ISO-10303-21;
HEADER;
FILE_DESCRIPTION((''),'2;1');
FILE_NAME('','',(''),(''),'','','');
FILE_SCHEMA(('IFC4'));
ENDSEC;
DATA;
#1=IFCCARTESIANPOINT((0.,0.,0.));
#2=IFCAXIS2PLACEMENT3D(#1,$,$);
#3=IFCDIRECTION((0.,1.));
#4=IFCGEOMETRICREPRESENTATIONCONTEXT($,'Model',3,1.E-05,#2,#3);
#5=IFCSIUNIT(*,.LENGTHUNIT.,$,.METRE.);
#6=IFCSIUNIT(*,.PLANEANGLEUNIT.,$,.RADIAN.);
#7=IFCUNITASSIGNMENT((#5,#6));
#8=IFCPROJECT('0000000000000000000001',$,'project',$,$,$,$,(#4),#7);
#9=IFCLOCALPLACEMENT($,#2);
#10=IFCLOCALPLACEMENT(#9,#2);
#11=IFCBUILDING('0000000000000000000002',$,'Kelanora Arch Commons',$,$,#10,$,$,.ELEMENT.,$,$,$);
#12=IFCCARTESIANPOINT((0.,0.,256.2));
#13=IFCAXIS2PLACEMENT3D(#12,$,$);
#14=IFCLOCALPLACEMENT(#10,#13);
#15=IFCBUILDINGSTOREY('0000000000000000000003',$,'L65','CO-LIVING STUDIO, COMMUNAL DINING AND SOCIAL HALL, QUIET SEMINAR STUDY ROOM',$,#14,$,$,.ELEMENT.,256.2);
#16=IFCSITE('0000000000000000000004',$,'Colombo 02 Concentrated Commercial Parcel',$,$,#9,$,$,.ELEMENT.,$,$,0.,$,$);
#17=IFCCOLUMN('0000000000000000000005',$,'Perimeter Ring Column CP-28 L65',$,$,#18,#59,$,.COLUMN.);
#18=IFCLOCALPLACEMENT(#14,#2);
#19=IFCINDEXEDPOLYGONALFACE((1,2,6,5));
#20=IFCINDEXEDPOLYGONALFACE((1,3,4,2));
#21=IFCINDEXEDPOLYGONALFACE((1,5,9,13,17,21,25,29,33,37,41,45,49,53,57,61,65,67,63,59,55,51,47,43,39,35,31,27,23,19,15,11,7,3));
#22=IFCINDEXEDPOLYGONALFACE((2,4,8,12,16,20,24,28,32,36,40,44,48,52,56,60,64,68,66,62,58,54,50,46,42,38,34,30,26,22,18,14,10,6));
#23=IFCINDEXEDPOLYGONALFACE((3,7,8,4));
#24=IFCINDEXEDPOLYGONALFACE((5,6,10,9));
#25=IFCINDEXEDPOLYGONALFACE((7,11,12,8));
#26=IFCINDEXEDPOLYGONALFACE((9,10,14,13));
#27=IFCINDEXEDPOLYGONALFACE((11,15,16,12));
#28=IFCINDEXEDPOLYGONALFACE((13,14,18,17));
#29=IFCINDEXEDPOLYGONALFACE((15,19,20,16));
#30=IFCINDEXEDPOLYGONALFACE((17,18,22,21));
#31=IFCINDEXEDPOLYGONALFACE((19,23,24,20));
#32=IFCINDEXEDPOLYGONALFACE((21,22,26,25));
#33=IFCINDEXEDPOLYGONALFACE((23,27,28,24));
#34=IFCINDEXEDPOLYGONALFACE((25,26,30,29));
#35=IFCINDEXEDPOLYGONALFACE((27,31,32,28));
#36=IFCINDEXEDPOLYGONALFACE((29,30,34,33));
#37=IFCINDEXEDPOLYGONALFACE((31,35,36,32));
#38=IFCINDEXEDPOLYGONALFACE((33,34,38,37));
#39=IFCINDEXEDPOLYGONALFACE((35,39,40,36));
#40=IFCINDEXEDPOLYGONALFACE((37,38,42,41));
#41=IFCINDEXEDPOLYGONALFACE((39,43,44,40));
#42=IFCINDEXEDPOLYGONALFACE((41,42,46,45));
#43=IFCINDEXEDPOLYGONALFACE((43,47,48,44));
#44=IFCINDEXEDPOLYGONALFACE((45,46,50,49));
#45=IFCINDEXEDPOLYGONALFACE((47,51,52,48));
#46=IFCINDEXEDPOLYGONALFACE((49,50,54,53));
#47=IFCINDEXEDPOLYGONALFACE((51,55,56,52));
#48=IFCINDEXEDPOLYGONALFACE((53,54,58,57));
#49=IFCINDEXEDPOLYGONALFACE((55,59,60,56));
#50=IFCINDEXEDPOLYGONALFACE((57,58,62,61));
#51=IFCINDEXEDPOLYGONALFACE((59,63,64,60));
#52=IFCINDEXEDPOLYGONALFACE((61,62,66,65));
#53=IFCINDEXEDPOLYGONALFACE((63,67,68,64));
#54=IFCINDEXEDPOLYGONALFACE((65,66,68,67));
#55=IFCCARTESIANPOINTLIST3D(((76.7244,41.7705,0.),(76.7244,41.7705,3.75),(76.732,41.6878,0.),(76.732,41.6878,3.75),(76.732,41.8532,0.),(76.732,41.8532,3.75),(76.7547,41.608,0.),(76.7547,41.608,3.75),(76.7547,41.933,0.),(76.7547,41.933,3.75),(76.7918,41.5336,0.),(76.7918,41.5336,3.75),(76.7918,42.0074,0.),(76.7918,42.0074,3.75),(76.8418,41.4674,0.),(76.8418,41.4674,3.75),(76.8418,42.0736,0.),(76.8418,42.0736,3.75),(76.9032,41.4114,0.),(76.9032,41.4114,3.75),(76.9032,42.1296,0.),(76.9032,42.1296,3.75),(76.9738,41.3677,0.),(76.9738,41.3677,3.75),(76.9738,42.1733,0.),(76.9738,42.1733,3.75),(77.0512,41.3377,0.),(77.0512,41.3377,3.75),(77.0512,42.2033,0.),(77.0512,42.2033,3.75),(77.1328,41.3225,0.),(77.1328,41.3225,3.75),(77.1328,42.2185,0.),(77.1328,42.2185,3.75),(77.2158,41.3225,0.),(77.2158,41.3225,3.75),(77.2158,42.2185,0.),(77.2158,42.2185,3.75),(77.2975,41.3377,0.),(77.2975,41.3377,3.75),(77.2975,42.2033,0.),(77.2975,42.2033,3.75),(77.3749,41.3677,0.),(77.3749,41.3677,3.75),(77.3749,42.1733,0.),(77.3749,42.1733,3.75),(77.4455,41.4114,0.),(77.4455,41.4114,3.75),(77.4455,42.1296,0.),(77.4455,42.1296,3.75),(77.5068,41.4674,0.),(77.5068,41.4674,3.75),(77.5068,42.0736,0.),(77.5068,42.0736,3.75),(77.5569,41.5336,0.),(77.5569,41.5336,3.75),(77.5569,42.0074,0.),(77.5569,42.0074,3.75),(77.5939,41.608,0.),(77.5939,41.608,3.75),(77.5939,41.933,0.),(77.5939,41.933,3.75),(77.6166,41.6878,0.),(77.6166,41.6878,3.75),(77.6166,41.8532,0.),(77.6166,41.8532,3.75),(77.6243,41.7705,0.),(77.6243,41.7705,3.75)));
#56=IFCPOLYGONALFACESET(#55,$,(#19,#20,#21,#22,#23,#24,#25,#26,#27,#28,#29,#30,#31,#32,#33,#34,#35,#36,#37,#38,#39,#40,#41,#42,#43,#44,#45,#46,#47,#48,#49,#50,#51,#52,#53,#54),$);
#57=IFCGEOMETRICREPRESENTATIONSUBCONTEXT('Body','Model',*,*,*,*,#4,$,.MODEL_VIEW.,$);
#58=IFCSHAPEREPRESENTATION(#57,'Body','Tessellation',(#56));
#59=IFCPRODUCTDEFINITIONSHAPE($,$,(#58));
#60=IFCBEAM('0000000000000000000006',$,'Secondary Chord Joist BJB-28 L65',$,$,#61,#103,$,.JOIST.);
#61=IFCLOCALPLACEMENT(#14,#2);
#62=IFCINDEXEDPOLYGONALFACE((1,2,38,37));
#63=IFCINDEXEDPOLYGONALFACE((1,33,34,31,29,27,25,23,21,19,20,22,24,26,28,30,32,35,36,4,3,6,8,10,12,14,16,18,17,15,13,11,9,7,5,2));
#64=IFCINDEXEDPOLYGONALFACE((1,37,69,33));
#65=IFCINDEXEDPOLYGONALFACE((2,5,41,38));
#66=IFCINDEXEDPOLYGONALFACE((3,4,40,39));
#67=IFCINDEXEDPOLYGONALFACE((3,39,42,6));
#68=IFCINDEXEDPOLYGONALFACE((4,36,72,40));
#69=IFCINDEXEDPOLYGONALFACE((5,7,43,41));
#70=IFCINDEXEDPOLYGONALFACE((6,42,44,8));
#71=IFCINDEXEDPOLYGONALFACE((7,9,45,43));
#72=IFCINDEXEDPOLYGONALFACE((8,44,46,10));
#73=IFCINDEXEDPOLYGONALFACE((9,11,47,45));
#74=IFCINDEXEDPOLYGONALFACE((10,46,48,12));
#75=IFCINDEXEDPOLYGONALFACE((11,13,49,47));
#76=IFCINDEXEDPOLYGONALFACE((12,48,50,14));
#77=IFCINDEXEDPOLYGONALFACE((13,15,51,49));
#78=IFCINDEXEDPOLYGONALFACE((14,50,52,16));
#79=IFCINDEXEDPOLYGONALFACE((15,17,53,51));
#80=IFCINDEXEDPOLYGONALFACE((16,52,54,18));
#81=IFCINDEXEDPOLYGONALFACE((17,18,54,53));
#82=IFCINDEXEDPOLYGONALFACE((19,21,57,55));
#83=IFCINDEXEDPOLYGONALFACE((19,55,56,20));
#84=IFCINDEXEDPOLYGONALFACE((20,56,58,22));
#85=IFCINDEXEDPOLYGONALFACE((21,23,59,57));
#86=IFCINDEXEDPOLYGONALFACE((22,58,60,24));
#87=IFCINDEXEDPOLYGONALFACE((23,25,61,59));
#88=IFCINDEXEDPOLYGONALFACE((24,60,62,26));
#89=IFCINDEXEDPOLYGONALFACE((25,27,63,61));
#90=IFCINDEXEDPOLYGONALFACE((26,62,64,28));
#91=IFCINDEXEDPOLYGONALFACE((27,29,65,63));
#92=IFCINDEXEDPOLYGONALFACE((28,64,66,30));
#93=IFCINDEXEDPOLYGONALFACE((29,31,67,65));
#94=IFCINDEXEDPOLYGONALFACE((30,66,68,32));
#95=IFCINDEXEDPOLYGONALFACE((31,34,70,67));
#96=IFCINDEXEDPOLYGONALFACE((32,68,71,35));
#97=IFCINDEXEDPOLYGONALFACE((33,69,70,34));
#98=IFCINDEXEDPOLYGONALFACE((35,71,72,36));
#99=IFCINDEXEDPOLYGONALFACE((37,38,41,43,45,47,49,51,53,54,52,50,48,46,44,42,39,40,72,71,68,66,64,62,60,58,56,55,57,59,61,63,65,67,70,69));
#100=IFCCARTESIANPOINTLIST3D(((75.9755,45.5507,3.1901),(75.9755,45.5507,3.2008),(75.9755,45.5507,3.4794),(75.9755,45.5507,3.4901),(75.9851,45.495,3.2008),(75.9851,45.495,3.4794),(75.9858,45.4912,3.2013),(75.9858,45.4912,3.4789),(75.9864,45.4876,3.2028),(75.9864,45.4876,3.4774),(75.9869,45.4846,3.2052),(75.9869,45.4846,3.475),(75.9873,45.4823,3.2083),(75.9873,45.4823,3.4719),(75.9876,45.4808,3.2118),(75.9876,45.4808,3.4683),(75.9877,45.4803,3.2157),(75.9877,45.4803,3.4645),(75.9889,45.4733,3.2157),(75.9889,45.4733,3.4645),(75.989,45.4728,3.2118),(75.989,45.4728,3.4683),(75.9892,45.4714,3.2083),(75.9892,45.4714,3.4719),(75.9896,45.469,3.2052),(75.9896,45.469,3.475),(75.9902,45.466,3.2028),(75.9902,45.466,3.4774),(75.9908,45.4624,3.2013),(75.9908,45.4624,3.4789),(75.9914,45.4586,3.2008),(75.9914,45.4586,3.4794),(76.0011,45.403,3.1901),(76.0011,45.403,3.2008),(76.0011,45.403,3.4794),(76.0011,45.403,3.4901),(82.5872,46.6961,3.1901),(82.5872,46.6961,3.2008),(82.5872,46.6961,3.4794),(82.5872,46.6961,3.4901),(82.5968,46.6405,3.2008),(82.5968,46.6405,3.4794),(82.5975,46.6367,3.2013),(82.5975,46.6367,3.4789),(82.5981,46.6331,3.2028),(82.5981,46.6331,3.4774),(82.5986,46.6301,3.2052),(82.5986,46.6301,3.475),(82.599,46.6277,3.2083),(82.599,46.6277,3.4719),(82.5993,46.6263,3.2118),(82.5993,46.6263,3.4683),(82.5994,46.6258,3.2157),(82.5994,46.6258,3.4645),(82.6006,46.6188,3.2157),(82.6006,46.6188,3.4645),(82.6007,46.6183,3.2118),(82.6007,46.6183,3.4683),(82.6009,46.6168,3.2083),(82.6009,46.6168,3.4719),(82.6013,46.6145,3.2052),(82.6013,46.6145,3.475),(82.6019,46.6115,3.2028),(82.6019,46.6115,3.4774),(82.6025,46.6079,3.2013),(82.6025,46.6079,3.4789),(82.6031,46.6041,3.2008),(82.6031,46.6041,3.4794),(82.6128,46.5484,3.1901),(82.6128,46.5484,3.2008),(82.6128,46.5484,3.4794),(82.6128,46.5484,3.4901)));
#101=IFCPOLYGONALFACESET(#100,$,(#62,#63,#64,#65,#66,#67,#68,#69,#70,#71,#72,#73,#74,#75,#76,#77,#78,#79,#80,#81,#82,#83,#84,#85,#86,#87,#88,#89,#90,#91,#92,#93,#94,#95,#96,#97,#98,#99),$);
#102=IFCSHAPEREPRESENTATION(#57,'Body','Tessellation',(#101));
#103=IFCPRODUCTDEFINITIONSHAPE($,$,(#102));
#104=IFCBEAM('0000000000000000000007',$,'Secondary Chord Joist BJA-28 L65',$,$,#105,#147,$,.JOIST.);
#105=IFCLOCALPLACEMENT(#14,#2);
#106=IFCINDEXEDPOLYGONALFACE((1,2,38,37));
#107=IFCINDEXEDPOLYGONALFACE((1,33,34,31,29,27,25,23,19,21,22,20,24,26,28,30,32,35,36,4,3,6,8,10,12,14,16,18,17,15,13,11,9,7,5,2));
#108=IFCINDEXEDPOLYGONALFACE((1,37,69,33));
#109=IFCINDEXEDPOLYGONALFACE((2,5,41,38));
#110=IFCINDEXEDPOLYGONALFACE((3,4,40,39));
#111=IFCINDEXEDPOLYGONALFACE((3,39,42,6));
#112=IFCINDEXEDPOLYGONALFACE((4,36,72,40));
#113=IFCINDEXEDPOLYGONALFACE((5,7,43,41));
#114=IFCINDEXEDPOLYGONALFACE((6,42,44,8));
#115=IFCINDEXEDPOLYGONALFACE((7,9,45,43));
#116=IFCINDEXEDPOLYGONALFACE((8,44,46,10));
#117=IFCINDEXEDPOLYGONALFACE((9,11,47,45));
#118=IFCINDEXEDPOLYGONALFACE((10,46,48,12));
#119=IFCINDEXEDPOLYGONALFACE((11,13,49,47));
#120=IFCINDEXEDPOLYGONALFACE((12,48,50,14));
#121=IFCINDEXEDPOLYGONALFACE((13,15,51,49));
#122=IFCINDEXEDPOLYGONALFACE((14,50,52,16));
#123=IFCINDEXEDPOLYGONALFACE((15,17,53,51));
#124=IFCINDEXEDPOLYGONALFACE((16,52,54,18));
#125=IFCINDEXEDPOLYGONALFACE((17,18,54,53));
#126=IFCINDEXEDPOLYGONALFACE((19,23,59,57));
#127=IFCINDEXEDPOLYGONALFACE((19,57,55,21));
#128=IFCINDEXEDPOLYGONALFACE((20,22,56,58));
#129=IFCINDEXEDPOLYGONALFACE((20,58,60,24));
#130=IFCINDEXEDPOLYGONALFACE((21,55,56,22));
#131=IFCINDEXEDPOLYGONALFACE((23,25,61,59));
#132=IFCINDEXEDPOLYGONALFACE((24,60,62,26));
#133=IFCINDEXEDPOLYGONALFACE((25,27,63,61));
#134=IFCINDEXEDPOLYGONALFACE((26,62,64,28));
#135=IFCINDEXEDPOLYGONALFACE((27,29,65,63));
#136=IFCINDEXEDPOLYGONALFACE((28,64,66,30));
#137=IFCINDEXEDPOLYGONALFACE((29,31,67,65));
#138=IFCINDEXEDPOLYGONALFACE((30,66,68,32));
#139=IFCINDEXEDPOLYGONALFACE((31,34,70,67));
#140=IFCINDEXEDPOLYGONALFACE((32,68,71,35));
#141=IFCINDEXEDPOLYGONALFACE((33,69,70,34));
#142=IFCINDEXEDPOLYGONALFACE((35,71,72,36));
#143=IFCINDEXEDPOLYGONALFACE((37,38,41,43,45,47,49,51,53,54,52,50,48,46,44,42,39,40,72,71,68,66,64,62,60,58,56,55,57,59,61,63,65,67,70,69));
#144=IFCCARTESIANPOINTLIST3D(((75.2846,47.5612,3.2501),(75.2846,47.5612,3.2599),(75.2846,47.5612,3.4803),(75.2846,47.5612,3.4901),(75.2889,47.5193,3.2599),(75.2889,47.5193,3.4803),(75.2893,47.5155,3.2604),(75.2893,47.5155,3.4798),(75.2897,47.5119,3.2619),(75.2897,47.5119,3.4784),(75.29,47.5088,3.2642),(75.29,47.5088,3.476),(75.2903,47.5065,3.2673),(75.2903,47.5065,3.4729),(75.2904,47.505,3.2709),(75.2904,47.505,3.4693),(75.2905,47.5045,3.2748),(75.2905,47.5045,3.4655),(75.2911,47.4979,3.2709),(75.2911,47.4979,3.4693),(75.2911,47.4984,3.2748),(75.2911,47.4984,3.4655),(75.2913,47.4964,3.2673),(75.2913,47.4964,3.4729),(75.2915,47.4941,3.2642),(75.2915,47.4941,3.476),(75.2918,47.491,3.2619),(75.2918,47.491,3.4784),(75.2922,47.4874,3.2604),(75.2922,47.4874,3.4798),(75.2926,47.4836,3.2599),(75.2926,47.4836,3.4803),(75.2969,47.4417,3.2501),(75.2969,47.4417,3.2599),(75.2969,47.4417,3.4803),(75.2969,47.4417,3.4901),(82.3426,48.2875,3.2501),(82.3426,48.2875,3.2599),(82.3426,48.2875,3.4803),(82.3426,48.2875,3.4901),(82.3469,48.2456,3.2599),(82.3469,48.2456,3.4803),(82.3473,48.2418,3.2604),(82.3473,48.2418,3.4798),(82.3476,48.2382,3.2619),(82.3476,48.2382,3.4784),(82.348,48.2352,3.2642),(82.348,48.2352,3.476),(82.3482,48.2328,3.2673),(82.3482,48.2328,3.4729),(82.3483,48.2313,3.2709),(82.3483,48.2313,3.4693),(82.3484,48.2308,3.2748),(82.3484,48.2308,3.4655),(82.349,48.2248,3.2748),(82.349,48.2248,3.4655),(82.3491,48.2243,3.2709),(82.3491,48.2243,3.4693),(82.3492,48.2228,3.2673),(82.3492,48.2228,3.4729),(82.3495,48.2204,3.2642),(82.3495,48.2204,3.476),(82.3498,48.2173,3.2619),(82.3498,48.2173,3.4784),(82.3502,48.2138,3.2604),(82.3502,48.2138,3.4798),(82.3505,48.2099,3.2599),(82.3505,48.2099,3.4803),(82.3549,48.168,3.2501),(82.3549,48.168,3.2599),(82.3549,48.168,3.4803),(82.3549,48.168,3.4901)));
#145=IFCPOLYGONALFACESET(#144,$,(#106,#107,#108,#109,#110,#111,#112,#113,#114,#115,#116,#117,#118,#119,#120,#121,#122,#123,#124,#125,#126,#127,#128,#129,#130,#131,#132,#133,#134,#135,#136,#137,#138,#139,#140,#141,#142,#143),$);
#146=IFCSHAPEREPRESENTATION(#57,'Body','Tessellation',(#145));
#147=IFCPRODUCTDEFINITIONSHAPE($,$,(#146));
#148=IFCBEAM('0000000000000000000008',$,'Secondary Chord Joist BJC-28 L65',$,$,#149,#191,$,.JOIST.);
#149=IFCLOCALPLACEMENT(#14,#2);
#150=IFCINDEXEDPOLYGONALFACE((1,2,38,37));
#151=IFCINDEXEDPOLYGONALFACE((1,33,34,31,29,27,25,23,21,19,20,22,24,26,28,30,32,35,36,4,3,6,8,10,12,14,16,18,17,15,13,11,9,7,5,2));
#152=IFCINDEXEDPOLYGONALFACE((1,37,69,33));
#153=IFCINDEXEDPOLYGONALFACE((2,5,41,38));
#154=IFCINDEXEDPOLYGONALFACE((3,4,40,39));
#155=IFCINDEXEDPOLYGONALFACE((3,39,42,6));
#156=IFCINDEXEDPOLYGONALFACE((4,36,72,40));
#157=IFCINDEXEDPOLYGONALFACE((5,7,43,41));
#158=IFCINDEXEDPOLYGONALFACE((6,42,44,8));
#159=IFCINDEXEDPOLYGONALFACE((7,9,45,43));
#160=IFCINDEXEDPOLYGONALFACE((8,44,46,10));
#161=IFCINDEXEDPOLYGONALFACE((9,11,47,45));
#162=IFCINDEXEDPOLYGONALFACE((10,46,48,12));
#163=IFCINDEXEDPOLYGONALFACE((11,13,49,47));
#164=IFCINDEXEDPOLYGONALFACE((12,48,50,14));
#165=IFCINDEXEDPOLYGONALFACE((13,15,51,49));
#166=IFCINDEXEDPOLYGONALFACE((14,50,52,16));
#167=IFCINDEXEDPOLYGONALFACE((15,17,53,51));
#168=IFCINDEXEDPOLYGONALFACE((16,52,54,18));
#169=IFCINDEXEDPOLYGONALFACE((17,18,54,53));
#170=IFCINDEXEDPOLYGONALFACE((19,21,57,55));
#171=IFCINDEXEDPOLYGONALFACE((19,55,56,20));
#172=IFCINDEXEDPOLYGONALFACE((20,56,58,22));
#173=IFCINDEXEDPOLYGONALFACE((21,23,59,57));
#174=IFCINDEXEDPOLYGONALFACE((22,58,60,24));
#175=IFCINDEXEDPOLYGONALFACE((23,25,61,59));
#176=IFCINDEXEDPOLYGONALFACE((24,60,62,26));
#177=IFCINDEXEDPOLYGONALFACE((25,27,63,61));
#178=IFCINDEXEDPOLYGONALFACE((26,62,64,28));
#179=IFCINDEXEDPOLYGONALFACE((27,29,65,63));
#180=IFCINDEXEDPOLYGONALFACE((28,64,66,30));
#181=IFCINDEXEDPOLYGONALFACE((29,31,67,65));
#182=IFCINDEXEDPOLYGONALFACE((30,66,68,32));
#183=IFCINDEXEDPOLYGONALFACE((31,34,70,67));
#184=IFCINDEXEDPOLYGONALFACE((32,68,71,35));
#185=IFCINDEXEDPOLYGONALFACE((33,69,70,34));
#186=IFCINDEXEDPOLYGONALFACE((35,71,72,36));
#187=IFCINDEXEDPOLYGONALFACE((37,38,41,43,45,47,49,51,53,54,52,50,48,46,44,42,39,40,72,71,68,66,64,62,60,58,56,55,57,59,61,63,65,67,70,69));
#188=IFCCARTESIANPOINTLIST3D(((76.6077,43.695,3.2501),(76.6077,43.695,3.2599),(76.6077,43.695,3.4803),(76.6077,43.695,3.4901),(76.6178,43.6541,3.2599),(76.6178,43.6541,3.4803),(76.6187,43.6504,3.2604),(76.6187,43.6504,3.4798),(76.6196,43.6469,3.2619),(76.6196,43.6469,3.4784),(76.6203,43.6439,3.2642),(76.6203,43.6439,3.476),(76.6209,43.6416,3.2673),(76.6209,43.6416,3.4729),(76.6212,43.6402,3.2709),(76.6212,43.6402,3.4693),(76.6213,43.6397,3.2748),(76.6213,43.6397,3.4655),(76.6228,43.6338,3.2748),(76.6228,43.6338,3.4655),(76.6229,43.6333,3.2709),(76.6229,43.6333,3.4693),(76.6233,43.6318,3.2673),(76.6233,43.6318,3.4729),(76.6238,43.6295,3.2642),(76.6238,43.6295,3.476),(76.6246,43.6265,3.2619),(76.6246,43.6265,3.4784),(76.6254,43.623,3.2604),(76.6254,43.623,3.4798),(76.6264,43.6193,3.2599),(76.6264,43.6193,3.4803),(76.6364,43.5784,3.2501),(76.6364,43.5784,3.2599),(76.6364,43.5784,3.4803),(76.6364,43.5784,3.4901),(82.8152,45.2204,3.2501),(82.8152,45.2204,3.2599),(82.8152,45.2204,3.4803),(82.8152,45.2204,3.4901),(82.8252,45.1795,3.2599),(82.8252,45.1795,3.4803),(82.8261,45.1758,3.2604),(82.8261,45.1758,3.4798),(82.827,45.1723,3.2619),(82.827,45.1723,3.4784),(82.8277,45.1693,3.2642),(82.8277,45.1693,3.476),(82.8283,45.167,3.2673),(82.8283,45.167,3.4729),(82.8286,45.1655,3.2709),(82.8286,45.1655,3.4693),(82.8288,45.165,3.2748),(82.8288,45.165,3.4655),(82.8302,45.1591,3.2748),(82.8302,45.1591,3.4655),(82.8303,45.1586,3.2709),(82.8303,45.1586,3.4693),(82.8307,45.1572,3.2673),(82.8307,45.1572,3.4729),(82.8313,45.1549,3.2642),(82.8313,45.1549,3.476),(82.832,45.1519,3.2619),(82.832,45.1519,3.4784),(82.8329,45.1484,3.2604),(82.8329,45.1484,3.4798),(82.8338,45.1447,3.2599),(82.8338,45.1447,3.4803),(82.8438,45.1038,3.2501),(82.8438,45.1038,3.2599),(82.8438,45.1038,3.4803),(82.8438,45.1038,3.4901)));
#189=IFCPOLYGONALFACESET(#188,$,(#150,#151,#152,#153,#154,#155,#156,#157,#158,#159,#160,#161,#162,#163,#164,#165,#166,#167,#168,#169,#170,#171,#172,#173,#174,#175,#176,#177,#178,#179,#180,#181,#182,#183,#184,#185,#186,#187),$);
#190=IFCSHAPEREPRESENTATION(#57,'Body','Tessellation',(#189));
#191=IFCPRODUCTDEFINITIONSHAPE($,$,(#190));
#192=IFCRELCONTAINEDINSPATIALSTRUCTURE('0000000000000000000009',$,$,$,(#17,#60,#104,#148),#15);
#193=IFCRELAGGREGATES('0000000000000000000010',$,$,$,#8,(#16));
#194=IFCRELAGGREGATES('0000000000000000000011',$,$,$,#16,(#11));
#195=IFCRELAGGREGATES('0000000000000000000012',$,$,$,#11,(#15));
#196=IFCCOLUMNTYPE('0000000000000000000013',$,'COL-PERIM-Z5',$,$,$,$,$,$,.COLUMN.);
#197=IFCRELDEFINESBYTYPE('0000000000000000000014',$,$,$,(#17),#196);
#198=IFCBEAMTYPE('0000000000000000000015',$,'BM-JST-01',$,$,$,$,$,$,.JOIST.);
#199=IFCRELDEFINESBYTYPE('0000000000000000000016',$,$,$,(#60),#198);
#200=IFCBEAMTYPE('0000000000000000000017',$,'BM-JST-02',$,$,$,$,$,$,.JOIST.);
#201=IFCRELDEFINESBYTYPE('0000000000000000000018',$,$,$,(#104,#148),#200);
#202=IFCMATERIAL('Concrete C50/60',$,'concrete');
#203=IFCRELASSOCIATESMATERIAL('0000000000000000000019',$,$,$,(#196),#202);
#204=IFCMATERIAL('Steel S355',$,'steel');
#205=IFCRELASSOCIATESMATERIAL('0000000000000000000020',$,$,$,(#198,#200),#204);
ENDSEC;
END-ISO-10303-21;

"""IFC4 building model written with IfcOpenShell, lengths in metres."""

from ifc_helpers import new_model, si_unit, direction, frame, origin, origin_2d, place, context, subcontext, project, spatial, circle, i_section, extrude, material, material_profile, profile_set, type_object, element, save


model = new_model("IFC4")

# Units and contexts
model_context = context("Model", 3, precision=1e-05, world=origin(), true_north=direction((0.0, 1.0)))
body_context = subcontext(model_context, "Body", "Model", "MODEL_VIEW")
ifc_project = project(units=[si_unit("LENGTHUNIT", "METRE"), si_unit("PLANEANGLEUNIT", "RADIAN")], contexts=[model_context])

# Site, building, storey
site_placement = place(None, origin())
site = spatial("IfcSite", under=ifc_project, at=site_placement, Name="Colombo 02 Concentrated Commercial Parcel", CompositionType="ELEMENT", RefElevation=0.0)
building_placement = place(site_placement, origin())
building = spatial("IfcBuilding", under=site, at=building_placement, Name="Kelanora Arch Commons", CompositionType="ELEMENT")
storey_placement = place(building_placement, frame((0.0, 0.0, 256.2)))
storey = spatial("IfcBuildingStorey", under=building, at=storey_placement, Name="L65", Description="CO-LIVING STUDIO, COMMUNAL DINING AND SOCIAL HALL, QUIET SEMINAR STUDY ROOM", CompositionType="ELEMENT", Elevation=256.2)

# Column
ifc_material_1 = material(Name="Concrete C50/60", Category="concrete")
ifc_material_profile_1 = material_profile(ifc_material_1, circle(Radius=0.45, at=origin_2d()), Name="RCC900")
ifc_profile_set_1 = profile_set([ifc_material_profile_1], Name="Concrete C50/60")
column_type = type_object("IfcColumnType", Name="COL-PERIM-Z5", PredefinedType="COLUMN", material=ifc_profile_set_1)
column_placement = place(storey_placement, frame((77.1743, 41.7705, 0.0), z_axis=(0.0, 0.0, 1.0), x_axis=(1.0, 0.0, 0.0)))
element("IfcColumn", 1, at=column_placement, inside=storey, type_object=column_type, Name="Perimeter Ring Column CP-28 L65", PredefinedType="COLUMN", context=body_context, shape_type="SweptSolid", body=[
    extrude(circle(Radius=0.45, at=origin_2d()), origin(), (0.0, 0.0, 1.0), 3.75),
])

# Beams
ifc_material_2 = material(Name="Steel S355", Category="steel")
ifc_material_profile_2 = material_profile(ifc_material_2, i_section(OverallWidth=0.1499, OverallDepth=0.3, WebThickness=0.0071, FlangeThickness=0.0107, FilletRadius=0.0149, at=origin_2d()), Name="IPE300")
ifc_profile_set_2 = profile_set([ifc_material_profile_2], Name="Steel S355")
beam_type_1 = type_object("IfcBeamType", Name="BM-JST-01", PredefinedType="JOIST", material=ifc_profile_set_2)
beam_1_placement = place(storey_placement, frame((75.9883, 45.4768, 3.3401), z_axis=(0.985322, 0.170709, 0.0), x_axis=(-0.170709, 0.985322, 0.0)))
element("IfcBeam", 2, at=beam_1_placement, inside=storey, type_object=beam_type_1, Name="Secondary Chord Joist BJB-28 L65", PredefinedType="JOIST", context=body_context, shape_type="SweptSolid", body=[
    extrude(i_section(OverallWidth=0.1499, OverallDepth=0.3, WebThickness=0.0071, FlangeThickness=0.0107, FilletRadius=0.0149, at=origin_2d()), origin(), (0.0, 0.0, 1.0), 6.7102),
])
ifc_material_profile_3 = material_profile(ifc_material_2, i_section(OverallWidth=0.1201, OverallDepth=0.24, WebThickness=0.0061, FlangeThickness=0.0098, FilletRadius=0.0149, at=origin_2d()), Name="IPE240")
ifc_profile_set_3 = profile_set([ifc_material_profile_3], Name="Steel S355")
beam_type_2 = type_object("IfcBeamType", Name="BM-JST-02", PredefinedType="JOIST", material=ifc_profile_set_3)
beam_2_placement = place(storey_placement, frame((75.2908, 47.5015, 3.3701), z_axis=(0.994747, 0.102369, 0.0), x_axis=(-0.102369, 0.994747, 0.0)))
element("IfcBeam", 3, at=beam_2_placement, inside=storey, type_object=beam_type_2, Name="Secondary Chord Joist BJA-28 L65", PredefinedType="JOIST", context=body_context, shape_type="SweptSolid", body=[
    extrude(i_section(OverallWidth=0.1201, OverallDepth=0.24, WebThickness=0.0061, FlangeThickness=0.0098, FilletRadius=0.0149, at=origin_2d()), origin(), (0.0, 0.0, 1.0), 7.0952),
])
beam_3_placement = place(storey_placement, frame((76.6221, 43.6367, 3.3701), z_axis=(0.97111, 0.238633, 0.0), x_axis=(-0.238633, 0.97111, 0.0)))
element("IfcBeam", 4, at=beam_3_placement, inside=storey, type_object=beam_type_2, Name="Secondary Chord Joist BJC-28 L65", PredefinedType="JOIST", context=body_context, shape_type="SweptSolid", body=[
    extrude(i_section(OverallWidth=0.1201, OverallDepth=0.24, WebThickness=0.0061, FlangeThickness=0.0098, FilletRadius=0.0149, at=origin_2d()), origin(), (0.0, 0.0, 1.0), 6.3921),
])

save(model, "model.ifc")
